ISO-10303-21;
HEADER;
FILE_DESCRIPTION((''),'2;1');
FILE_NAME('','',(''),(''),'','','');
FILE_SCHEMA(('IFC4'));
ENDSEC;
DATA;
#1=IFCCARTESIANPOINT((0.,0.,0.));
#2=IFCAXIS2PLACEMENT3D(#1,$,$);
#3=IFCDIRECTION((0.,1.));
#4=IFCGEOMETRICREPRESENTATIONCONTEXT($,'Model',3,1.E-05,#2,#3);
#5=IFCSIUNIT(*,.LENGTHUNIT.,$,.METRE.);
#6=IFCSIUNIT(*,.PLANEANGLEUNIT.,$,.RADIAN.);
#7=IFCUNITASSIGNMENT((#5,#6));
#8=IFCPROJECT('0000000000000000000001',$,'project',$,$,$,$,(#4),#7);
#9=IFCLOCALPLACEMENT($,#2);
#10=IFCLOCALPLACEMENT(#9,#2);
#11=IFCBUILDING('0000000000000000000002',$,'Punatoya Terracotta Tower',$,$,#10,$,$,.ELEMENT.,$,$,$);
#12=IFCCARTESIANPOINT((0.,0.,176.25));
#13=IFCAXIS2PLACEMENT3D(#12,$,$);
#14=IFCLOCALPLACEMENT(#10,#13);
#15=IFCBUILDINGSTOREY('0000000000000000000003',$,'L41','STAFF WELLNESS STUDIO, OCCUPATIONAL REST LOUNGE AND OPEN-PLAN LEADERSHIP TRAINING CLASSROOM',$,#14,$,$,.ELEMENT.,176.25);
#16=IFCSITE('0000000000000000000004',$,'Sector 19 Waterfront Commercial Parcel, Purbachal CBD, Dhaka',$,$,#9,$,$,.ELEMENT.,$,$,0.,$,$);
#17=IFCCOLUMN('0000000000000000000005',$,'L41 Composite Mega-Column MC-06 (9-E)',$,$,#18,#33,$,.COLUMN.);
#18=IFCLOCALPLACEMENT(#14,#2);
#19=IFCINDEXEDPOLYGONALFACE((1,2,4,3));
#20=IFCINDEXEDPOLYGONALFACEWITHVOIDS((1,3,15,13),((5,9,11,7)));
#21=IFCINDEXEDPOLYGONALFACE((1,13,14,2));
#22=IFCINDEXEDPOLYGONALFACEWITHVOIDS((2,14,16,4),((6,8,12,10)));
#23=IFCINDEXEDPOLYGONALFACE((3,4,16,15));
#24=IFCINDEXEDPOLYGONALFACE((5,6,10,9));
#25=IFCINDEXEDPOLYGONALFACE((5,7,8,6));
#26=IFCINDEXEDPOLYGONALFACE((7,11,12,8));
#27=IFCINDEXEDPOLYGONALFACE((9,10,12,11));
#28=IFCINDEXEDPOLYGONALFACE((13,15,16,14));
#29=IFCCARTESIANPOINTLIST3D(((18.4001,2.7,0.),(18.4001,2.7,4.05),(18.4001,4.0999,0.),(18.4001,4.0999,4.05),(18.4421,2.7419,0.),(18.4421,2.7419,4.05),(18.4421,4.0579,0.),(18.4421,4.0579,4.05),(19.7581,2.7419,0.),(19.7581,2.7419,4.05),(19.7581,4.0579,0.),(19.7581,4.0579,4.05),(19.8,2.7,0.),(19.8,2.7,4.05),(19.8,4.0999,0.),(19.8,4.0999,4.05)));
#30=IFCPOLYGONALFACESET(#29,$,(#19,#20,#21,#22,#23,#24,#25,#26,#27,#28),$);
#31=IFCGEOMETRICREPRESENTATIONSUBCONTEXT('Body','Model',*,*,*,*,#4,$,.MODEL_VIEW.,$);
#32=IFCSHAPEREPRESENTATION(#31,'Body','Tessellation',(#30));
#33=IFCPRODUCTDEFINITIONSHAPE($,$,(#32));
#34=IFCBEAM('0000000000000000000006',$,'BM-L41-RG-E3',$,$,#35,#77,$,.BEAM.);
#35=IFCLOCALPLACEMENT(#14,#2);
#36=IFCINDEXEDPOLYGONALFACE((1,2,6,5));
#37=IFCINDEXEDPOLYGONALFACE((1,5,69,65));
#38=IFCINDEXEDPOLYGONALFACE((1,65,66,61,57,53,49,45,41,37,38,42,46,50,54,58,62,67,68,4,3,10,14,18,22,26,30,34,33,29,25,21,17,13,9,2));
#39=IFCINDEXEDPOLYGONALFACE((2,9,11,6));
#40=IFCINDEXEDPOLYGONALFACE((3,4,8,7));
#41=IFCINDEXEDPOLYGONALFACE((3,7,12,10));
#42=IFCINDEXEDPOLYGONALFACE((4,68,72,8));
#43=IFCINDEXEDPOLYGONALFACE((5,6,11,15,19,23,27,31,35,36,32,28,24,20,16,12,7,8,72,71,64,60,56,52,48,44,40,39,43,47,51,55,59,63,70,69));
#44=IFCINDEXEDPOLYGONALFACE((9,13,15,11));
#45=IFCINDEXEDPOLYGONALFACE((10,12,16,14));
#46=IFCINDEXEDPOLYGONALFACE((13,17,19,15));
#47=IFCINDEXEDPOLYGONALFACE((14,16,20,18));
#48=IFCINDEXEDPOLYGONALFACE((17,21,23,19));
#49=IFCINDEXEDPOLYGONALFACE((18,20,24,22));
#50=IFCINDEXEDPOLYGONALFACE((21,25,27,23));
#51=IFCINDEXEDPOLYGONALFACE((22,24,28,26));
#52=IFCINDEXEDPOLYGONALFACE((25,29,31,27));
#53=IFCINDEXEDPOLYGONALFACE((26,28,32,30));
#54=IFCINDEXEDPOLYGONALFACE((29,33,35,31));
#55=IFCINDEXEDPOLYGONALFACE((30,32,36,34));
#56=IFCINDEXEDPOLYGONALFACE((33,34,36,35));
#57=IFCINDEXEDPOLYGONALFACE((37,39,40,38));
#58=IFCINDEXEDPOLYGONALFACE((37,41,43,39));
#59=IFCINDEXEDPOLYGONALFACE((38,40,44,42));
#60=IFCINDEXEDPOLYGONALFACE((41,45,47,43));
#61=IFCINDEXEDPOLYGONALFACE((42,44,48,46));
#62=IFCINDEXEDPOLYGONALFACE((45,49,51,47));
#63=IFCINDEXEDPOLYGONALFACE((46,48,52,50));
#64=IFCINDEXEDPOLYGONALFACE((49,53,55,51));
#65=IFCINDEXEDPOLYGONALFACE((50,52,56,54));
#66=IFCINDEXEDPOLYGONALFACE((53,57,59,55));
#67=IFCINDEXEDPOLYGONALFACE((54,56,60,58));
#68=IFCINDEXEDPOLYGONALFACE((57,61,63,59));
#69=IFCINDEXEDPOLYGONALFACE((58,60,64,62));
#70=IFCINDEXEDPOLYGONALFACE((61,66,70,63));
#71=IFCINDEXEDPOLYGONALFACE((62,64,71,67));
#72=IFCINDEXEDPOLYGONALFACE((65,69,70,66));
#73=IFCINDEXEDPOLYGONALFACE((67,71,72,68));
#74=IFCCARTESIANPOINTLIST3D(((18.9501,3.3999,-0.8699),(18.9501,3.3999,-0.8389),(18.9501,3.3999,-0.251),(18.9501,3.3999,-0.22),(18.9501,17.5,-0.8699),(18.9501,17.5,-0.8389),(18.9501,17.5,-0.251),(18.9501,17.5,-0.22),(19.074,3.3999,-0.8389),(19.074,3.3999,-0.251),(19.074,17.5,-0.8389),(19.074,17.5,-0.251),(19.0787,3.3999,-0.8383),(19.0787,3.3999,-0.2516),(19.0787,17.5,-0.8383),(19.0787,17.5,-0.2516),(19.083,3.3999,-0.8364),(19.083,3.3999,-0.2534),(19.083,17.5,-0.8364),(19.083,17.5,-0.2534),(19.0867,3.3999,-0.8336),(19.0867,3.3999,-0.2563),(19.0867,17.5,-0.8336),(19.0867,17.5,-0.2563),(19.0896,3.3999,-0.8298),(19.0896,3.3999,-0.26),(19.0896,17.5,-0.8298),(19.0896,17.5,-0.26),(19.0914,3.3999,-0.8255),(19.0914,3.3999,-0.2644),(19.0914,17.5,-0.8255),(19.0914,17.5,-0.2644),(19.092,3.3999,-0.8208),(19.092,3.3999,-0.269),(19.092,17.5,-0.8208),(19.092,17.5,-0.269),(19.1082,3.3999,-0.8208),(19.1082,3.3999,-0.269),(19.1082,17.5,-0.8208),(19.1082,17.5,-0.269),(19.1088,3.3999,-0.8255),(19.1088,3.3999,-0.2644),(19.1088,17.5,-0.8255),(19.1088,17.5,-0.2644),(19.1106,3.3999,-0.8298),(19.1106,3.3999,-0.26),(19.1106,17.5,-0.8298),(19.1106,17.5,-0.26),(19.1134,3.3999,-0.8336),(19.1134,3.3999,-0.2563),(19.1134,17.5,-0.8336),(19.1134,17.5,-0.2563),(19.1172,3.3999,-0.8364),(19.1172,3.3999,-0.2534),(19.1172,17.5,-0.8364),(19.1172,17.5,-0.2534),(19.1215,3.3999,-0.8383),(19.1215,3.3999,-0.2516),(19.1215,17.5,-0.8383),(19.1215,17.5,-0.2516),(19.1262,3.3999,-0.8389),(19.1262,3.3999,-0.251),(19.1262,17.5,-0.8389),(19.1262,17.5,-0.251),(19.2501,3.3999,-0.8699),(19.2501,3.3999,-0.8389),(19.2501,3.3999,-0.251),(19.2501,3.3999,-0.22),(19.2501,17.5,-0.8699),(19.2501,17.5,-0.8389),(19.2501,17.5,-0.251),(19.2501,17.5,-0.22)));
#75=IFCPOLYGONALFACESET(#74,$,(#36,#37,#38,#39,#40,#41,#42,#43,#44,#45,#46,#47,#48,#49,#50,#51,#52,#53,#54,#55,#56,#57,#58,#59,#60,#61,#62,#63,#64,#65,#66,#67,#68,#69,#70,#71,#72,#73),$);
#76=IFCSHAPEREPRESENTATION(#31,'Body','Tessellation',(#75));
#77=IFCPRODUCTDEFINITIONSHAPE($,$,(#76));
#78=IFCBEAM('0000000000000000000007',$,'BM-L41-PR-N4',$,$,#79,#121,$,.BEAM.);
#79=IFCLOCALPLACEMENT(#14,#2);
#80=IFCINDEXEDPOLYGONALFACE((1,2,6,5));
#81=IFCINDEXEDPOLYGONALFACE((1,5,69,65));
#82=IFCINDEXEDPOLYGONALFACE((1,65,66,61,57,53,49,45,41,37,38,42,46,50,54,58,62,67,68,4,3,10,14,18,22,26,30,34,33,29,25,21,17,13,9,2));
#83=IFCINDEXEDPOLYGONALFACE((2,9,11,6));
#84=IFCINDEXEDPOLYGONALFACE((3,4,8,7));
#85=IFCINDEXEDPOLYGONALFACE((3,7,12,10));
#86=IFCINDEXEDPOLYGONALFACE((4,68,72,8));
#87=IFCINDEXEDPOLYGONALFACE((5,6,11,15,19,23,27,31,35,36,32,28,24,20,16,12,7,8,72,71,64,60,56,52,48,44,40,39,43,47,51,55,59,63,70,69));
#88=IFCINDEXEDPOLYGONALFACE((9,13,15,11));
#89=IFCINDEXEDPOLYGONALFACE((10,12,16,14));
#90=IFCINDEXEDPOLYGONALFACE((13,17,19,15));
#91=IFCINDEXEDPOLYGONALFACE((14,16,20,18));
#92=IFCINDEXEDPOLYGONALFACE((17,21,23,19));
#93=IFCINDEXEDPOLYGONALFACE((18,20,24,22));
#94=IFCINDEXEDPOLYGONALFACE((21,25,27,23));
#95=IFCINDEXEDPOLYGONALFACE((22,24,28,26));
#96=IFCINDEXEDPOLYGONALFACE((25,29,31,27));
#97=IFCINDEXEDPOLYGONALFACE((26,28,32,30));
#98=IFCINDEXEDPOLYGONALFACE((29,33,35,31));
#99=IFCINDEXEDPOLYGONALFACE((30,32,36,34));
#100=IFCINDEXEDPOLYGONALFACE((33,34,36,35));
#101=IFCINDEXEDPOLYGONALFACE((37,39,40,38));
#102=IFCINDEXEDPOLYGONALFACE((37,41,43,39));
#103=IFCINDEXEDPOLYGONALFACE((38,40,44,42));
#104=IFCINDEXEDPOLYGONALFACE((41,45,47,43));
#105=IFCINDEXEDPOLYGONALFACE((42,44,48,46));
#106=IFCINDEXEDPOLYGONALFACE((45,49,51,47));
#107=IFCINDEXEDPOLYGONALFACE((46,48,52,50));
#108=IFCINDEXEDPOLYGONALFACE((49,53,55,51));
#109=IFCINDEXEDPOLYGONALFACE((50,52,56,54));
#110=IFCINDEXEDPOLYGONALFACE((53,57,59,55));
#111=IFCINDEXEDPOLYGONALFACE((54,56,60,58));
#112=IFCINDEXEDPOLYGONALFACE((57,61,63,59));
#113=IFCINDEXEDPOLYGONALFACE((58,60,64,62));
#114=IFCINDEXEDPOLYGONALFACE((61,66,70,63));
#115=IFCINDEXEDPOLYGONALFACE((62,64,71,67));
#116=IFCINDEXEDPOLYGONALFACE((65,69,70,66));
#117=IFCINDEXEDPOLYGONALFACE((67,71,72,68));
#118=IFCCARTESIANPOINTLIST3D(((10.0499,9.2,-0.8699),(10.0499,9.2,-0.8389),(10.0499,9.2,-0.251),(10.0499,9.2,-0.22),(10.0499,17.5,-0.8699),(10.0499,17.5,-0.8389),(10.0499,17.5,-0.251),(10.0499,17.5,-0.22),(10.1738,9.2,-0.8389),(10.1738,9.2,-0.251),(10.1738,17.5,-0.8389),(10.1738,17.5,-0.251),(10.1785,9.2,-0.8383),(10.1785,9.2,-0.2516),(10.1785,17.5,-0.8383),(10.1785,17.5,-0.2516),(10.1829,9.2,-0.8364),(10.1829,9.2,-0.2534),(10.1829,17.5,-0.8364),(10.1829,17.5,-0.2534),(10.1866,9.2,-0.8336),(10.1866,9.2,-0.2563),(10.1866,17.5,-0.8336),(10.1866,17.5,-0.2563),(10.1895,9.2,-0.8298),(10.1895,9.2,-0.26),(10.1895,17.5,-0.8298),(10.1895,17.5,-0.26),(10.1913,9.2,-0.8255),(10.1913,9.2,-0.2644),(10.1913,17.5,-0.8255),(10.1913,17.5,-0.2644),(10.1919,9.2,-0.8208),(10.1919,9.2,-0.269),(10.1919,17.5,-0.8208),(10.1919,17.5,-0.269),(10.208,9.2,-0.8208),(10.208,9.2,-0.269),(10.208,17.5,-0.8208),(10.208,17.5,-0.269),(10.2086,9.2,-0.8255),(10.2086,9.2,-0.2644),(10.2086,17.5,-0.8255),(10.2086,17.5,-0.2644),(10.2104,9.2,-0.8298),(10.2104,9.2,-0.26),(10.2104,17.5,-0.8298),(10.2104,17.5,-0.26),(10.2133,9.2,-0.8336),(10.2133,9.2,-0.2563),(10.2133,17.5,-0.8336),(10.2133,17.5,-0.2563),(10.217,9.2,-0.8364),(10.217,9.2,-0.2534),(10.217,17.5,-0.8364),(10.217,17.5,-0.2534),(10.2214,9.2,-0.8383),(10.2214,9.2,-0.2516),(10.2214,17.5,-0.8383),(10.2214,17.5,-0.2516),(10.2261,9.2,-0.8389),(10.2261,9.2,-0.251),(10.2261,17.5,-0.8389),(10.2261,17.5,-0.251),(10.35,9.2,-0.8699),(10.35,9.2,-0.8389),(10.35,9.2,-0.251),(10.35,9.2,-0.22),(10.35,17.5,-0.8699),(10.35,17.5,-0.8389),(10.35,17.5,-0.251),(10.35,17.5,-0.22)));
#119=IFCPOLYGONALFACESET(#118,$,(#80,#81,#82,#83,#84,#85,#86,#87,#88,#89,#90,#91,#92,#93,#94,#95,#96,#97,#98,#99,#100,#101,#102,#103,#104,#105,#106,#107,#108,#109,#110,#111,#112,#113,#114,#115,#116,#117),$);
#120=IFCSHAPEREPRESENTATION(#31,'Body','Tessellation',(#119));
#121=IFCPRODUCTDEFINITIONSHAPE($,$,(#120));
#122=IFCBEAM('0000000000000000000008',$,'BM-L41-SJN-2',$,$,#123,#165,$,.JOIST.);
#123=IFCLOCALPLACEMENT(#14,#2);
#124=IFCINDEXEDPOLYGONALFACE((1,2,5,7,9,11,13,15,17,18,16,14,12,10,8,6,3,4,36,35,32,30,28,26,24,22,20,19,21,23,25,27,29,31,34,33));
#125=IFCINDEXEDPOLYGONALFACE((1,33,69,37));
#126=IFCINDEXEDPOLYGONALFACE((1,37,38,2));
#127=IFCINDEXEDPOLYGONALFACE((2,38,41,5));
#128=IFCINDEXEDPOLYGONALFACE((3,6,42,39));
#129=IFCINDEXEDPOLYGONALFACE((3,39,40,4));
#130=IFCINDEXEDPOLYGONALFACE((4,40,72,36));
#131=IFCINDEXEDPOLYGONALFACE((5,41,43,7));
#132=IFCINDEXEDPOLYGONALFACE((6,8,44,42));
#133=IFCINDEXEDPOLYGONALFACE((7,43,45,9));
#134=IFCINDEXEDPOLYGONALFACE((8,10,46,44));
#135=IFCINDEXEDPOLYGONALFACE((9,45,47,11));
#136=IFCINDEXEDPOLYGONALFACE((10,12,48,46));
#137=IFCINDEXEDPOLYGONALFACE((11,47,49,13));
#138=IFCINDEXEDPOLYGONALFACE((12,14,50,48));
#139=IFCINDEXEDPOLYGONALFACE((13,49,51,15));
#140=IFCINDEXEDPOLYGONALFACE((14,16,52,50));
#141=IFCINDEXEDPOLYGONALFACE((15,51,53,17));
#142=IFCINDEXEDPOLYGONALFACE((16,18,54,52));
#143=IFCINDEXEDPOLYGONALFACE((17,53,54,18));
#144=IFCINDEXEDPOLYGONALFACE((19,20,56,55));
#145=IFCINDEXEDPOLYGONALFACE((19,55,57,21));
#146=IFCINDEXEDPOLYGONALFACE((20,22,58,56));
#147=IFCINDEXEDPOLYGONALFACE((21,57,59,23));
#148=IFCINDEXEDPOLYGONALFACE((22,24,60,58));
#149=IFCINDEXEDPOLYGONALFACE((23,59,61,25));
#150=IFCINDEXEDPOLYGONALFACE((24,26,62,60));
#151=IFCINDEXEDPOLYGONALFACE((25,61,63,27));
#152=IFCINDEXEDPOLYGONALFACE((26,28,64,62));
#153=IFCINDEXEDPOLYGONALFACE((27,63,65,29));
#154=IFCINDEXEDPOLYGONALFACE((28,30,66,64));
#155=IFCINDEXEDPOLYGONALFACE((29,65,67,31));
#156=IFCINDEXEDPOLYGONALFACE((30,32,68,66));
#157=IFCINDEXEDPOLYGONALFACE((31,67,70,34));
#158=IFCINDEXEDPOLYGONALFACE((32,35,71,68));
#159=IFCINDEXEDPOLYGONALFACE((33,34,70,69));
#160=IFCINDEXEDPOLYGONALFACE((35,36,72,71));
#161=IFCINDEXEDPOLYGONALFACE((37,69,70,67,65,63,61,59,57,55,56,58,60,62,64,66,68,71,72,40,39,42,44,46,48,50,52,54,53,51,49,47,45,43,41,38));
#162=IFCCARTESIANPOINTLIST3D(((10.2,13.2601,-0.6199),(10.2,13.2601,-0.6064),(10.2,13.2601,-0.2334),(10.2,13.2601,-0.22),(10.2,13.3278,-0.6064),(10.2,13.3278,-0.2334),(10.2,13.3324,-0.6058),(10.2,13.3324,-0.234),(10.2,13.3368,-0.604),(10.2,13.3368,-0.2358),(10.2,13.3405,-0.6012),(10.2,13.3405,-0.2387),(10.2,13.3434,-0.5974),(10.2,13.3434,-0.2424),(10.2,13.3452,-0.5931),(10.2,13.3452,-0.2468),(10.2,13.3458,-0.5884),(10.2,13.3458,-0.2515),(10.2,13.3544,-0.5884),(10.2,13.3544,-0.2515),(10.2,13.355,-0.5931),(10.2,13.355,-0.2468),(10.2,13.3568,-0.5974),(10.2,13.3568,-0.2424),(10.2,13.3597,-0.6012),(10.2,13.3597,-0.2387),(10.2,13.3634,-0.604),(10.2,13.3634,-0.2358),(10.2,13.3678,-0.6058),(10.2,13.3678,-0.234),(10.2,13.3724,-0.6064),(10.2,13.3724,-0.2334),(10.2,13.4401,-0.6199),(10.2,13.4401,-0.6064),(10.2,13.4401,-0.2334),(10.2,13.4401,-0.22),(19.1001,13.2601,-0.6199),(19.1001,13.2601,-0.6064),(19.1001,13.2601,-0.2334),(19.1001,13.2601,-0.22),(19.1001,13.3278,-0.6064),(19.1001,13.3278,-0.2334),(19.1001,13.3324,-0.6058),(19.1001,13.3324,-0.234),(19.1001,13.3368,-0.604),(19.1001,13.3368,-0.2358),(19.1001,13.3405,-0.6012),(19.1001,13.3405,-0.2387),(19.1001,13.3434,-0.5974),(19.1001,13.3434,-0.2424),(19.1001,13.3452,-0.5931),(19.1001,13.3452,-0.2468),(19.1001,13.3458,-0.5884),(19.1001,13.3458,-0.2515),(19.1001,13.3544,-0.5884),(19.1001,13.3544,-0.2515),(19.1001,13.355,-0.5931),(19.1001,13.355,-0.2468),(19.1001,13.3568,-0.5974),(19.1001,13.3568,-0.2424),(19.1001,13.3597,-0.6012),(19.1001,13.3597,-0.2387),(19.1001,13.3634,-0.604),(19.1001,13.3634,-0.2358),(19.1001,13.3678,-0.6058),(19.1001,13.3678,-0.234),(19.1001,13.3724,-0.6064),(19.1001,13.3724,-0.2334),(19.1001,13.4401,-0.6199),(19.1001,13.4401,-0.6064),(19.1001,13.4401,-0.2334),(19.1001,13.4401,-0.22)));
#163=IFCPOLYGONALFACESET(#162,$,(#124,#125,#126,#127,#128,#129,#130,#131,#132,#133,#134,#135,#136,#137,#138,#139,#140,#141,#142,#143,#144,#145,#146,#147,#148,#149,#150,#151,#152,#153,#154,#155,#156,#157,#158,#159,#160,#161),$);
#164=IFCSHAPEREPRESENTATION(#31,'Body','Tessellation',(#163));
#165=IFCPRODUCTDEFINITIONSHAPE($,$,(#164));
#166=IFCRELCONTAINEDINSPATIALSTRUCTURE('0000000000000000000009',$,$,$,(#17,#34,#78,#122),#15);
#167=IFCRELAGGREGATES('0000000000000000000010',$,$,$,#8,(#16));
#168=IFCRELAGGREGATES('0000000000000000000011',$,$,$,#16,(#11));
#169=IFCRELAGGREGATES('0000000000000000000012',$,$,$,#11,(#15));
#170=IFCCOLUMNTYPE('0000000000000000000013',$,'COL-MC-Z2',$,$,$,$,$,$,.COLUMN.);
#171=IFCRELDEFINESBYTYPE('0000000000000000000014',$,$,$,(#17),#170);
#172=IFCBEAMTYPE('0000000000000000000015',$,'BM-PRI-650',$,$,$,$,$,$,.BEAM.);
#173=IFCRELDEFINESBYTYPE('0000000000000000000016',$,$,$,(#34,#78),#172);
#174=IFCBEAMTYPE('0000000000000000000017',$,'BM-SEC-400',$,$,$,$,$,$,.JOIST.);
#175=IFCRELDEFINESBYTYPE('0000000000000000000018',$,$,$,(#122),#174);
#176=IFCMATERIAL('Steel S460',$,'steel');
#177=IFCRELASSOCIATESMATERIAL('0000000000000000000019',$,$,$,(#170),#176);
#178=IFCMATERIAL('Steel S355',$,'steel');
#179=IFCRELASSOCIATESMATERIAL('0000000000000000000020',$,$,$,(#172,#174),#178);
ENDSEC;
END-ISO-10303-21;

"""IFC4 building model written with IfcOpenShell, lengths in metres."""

from ifc_helpers import new_model, si_unit, direction, frame, origin, origin_2d, place, context, subcontext, project, spatial, hollow_rectangle, i_section, extrude, material, material_profile, profile_set, type_object, element, save


model = new_model("IFC4")

# Units and contexts
model_context = context("Model", 3, precision=1e-05, world=origin(), true_north=direction((0.0, 1.0)))
body_context = subcontext(model_context, "Body", "Model", "MODEL_VIEW")
ifc_project = project(units=[si_unit("LENGTHUNIT", "METRE"), si_unit("PLANEANGLEUNIT", "RADIAN")], contexts=[model_context])

# Site, building, storey
site_placement = place(None, origin())
site = spatial("IfcSite", under=ifc_project, at=site_placement, Name="Sector 19 Waterfront Commercial Parcel, Purbachal CBD, Dhaka", CompositionType="ELEMENT", RefElevation=0.0)
building_placement = place(site_placement, origin())
building = spatial("IfcBuilding", under=site, at=building_placement, Name="Punatoya Terracotta Tower", CompositionType="ELEMENT")
storey_placement = place(building_placement, frame((0.0, 0.0, 176.25)))
storey = spatial("IfcBuildingStorey", under=building, at=storey_placement, Name="L41", Description="STAFF WELLNESS STUDIO, OCCUPATIONAL REST LOUNGE AND OPEN-PLAN LEADERSHIP TRAINING CLASSROOM", CompositionType="ELEMENT", Elevation=176.25)

# Column
ifc_material_1 = material(Name="Steel S460", Category="steel")
ifc_material_profile_1 = material_profile(ifc_material_1, hollow_rectangle(XDim=1.3999, YDim=1.3999, WallThickness=0.042, at=origin_2d()))
ifc_profile_set_1 = profile_set([ifc_material_profile_1], Name="Steel S460")
column_type = type_object("IfcColumnType", Name="COL-MC-Z2", PredefinedType="COLUMN", material=ifc_profile_set_1)
column_placement = place(storey_placement, frame((19.1001, 3.3999, 0.0), z_axis=(0.0, 0.0, 1.0), x_axis=(1.0, 0.0, 0.0)))
element("IfcColumn", 1, at=column_placement, inside=storey, type_object=column_type, Name="L41 Composite Mega-Column MC-06 (9-E)", PredefinedType="COLUMN", context=body_context, shape_type="SweptSolid", body=[
    extrude(hollow_rectangle(XDim=1.3999, YDim=1.3999, WallThickness=0.042, at=origin_2d()), origin(), (0.0, 0.0, 1.0), 4.05),
])

# Beams
ifc_material_2 = material(Name="Steel S355", Category="steel")
ifc_material_profile_2 = material_profile(ifc_material_2, i_section(OverallWidth=0.3, OverallDepth=0.6499, WebThickness=0.0161, FlangeThickness=0.031, FilletRadius=0.0181, at=origin_2d()))
ifc_profile_set_2 = profile_set([ifc_material_profile_2], Name="Steel S355")
beam_type_1 = type_object("IfcBeamType", Name="BM-PRI-650", PredefinedType="BEAM", material=ifc_profile_set_2)
beam_1_placement = place(storey_placement, frame((19.1001, 3.3999, -0.5449), z_axis=(0.0, 1.0, 0.0), x_axis=(-1.0, 0.0, 0.0)))
element("IfcBeam", 2, at=beam_1_placement, inside=storey, type_object=beam_type_1, Name="BM-L41-RG-E3", PredefinedType="BEAM", context=body_context, shape_type="SweptSolid", body=[
    extrude(i_section(OverallWidth=0.3, OverallDepth=0.6499, WebThickness=0.0161, FlangeThickness=0.031, FilletRadius=0.0181, at=origin_2d()), origin(), (0.0, 0.0, 1.0), 14.1001),
])
beam_2_placement = place(storey_placement, frame((10.2, 9.2, -0.5449), z_axis=(0.0, 1.0, 0.0), x_axis=(-1.0, 0.0, 0.0)))
element("IfcBeam", 3, at=beam_2_placement, inside=storey, type_object=beam_type_1, Name="BM-L41-PR-N4", PredefinedType="BEAM", context=body_context, shape_type="SweptSolid", body=[
    extrude(i_section(OverallWidth=0.3, OverallDepth=0.6499, WebThickness=0.0161, FlangeThickness=0.031, FilletRadius=0.0181, at=origin_2d()), origin(), (0.0, 0.0, 1.0), 8.3),
])
ifc_material_profile_3 = material_profile(ifc_material_2, i_section(OverallWidth=0.1799, OverallDepth=0.3999, WebThickness=0.0085, FlangeThickness=0.0134, FilletRadius=0.0181, at=origin_2d()))
ifc_profile_set_3 = profile_set([ifc_material_profile_3], Name="Steel S355")
beam_type_2 = type_object("IfcBeamType", Name="BM-SEC-400", PredefinedType="JOIST", material=ifc_profile_set_3)
beam_3_placement = place(storey_placement, frame((10.2, 13.3501, -0.4199), z_axis=(1.0, 0.0, 0.0), x_axis=(0.0, 1.0, 0.0)))
element("IfcBeam", 4, at=beam_3_placement, inside=storey, type_object=beam_type_2, Name="BM-L41-SJN-2", PredefinedType="JOIST", context=body_context, shape_type="SweptSolid", body=[
    extrude(i_section(OverallWidth=0.1799, OverallDepth=0.3999, WebThickness=0.0085, FlangeThickness=0.0134, FilletRadius=0.0181, at=origin_2d()), origin(), (0.0, 0.0, 1.0), 8.9001),
])

save(model, "model.ifc")
